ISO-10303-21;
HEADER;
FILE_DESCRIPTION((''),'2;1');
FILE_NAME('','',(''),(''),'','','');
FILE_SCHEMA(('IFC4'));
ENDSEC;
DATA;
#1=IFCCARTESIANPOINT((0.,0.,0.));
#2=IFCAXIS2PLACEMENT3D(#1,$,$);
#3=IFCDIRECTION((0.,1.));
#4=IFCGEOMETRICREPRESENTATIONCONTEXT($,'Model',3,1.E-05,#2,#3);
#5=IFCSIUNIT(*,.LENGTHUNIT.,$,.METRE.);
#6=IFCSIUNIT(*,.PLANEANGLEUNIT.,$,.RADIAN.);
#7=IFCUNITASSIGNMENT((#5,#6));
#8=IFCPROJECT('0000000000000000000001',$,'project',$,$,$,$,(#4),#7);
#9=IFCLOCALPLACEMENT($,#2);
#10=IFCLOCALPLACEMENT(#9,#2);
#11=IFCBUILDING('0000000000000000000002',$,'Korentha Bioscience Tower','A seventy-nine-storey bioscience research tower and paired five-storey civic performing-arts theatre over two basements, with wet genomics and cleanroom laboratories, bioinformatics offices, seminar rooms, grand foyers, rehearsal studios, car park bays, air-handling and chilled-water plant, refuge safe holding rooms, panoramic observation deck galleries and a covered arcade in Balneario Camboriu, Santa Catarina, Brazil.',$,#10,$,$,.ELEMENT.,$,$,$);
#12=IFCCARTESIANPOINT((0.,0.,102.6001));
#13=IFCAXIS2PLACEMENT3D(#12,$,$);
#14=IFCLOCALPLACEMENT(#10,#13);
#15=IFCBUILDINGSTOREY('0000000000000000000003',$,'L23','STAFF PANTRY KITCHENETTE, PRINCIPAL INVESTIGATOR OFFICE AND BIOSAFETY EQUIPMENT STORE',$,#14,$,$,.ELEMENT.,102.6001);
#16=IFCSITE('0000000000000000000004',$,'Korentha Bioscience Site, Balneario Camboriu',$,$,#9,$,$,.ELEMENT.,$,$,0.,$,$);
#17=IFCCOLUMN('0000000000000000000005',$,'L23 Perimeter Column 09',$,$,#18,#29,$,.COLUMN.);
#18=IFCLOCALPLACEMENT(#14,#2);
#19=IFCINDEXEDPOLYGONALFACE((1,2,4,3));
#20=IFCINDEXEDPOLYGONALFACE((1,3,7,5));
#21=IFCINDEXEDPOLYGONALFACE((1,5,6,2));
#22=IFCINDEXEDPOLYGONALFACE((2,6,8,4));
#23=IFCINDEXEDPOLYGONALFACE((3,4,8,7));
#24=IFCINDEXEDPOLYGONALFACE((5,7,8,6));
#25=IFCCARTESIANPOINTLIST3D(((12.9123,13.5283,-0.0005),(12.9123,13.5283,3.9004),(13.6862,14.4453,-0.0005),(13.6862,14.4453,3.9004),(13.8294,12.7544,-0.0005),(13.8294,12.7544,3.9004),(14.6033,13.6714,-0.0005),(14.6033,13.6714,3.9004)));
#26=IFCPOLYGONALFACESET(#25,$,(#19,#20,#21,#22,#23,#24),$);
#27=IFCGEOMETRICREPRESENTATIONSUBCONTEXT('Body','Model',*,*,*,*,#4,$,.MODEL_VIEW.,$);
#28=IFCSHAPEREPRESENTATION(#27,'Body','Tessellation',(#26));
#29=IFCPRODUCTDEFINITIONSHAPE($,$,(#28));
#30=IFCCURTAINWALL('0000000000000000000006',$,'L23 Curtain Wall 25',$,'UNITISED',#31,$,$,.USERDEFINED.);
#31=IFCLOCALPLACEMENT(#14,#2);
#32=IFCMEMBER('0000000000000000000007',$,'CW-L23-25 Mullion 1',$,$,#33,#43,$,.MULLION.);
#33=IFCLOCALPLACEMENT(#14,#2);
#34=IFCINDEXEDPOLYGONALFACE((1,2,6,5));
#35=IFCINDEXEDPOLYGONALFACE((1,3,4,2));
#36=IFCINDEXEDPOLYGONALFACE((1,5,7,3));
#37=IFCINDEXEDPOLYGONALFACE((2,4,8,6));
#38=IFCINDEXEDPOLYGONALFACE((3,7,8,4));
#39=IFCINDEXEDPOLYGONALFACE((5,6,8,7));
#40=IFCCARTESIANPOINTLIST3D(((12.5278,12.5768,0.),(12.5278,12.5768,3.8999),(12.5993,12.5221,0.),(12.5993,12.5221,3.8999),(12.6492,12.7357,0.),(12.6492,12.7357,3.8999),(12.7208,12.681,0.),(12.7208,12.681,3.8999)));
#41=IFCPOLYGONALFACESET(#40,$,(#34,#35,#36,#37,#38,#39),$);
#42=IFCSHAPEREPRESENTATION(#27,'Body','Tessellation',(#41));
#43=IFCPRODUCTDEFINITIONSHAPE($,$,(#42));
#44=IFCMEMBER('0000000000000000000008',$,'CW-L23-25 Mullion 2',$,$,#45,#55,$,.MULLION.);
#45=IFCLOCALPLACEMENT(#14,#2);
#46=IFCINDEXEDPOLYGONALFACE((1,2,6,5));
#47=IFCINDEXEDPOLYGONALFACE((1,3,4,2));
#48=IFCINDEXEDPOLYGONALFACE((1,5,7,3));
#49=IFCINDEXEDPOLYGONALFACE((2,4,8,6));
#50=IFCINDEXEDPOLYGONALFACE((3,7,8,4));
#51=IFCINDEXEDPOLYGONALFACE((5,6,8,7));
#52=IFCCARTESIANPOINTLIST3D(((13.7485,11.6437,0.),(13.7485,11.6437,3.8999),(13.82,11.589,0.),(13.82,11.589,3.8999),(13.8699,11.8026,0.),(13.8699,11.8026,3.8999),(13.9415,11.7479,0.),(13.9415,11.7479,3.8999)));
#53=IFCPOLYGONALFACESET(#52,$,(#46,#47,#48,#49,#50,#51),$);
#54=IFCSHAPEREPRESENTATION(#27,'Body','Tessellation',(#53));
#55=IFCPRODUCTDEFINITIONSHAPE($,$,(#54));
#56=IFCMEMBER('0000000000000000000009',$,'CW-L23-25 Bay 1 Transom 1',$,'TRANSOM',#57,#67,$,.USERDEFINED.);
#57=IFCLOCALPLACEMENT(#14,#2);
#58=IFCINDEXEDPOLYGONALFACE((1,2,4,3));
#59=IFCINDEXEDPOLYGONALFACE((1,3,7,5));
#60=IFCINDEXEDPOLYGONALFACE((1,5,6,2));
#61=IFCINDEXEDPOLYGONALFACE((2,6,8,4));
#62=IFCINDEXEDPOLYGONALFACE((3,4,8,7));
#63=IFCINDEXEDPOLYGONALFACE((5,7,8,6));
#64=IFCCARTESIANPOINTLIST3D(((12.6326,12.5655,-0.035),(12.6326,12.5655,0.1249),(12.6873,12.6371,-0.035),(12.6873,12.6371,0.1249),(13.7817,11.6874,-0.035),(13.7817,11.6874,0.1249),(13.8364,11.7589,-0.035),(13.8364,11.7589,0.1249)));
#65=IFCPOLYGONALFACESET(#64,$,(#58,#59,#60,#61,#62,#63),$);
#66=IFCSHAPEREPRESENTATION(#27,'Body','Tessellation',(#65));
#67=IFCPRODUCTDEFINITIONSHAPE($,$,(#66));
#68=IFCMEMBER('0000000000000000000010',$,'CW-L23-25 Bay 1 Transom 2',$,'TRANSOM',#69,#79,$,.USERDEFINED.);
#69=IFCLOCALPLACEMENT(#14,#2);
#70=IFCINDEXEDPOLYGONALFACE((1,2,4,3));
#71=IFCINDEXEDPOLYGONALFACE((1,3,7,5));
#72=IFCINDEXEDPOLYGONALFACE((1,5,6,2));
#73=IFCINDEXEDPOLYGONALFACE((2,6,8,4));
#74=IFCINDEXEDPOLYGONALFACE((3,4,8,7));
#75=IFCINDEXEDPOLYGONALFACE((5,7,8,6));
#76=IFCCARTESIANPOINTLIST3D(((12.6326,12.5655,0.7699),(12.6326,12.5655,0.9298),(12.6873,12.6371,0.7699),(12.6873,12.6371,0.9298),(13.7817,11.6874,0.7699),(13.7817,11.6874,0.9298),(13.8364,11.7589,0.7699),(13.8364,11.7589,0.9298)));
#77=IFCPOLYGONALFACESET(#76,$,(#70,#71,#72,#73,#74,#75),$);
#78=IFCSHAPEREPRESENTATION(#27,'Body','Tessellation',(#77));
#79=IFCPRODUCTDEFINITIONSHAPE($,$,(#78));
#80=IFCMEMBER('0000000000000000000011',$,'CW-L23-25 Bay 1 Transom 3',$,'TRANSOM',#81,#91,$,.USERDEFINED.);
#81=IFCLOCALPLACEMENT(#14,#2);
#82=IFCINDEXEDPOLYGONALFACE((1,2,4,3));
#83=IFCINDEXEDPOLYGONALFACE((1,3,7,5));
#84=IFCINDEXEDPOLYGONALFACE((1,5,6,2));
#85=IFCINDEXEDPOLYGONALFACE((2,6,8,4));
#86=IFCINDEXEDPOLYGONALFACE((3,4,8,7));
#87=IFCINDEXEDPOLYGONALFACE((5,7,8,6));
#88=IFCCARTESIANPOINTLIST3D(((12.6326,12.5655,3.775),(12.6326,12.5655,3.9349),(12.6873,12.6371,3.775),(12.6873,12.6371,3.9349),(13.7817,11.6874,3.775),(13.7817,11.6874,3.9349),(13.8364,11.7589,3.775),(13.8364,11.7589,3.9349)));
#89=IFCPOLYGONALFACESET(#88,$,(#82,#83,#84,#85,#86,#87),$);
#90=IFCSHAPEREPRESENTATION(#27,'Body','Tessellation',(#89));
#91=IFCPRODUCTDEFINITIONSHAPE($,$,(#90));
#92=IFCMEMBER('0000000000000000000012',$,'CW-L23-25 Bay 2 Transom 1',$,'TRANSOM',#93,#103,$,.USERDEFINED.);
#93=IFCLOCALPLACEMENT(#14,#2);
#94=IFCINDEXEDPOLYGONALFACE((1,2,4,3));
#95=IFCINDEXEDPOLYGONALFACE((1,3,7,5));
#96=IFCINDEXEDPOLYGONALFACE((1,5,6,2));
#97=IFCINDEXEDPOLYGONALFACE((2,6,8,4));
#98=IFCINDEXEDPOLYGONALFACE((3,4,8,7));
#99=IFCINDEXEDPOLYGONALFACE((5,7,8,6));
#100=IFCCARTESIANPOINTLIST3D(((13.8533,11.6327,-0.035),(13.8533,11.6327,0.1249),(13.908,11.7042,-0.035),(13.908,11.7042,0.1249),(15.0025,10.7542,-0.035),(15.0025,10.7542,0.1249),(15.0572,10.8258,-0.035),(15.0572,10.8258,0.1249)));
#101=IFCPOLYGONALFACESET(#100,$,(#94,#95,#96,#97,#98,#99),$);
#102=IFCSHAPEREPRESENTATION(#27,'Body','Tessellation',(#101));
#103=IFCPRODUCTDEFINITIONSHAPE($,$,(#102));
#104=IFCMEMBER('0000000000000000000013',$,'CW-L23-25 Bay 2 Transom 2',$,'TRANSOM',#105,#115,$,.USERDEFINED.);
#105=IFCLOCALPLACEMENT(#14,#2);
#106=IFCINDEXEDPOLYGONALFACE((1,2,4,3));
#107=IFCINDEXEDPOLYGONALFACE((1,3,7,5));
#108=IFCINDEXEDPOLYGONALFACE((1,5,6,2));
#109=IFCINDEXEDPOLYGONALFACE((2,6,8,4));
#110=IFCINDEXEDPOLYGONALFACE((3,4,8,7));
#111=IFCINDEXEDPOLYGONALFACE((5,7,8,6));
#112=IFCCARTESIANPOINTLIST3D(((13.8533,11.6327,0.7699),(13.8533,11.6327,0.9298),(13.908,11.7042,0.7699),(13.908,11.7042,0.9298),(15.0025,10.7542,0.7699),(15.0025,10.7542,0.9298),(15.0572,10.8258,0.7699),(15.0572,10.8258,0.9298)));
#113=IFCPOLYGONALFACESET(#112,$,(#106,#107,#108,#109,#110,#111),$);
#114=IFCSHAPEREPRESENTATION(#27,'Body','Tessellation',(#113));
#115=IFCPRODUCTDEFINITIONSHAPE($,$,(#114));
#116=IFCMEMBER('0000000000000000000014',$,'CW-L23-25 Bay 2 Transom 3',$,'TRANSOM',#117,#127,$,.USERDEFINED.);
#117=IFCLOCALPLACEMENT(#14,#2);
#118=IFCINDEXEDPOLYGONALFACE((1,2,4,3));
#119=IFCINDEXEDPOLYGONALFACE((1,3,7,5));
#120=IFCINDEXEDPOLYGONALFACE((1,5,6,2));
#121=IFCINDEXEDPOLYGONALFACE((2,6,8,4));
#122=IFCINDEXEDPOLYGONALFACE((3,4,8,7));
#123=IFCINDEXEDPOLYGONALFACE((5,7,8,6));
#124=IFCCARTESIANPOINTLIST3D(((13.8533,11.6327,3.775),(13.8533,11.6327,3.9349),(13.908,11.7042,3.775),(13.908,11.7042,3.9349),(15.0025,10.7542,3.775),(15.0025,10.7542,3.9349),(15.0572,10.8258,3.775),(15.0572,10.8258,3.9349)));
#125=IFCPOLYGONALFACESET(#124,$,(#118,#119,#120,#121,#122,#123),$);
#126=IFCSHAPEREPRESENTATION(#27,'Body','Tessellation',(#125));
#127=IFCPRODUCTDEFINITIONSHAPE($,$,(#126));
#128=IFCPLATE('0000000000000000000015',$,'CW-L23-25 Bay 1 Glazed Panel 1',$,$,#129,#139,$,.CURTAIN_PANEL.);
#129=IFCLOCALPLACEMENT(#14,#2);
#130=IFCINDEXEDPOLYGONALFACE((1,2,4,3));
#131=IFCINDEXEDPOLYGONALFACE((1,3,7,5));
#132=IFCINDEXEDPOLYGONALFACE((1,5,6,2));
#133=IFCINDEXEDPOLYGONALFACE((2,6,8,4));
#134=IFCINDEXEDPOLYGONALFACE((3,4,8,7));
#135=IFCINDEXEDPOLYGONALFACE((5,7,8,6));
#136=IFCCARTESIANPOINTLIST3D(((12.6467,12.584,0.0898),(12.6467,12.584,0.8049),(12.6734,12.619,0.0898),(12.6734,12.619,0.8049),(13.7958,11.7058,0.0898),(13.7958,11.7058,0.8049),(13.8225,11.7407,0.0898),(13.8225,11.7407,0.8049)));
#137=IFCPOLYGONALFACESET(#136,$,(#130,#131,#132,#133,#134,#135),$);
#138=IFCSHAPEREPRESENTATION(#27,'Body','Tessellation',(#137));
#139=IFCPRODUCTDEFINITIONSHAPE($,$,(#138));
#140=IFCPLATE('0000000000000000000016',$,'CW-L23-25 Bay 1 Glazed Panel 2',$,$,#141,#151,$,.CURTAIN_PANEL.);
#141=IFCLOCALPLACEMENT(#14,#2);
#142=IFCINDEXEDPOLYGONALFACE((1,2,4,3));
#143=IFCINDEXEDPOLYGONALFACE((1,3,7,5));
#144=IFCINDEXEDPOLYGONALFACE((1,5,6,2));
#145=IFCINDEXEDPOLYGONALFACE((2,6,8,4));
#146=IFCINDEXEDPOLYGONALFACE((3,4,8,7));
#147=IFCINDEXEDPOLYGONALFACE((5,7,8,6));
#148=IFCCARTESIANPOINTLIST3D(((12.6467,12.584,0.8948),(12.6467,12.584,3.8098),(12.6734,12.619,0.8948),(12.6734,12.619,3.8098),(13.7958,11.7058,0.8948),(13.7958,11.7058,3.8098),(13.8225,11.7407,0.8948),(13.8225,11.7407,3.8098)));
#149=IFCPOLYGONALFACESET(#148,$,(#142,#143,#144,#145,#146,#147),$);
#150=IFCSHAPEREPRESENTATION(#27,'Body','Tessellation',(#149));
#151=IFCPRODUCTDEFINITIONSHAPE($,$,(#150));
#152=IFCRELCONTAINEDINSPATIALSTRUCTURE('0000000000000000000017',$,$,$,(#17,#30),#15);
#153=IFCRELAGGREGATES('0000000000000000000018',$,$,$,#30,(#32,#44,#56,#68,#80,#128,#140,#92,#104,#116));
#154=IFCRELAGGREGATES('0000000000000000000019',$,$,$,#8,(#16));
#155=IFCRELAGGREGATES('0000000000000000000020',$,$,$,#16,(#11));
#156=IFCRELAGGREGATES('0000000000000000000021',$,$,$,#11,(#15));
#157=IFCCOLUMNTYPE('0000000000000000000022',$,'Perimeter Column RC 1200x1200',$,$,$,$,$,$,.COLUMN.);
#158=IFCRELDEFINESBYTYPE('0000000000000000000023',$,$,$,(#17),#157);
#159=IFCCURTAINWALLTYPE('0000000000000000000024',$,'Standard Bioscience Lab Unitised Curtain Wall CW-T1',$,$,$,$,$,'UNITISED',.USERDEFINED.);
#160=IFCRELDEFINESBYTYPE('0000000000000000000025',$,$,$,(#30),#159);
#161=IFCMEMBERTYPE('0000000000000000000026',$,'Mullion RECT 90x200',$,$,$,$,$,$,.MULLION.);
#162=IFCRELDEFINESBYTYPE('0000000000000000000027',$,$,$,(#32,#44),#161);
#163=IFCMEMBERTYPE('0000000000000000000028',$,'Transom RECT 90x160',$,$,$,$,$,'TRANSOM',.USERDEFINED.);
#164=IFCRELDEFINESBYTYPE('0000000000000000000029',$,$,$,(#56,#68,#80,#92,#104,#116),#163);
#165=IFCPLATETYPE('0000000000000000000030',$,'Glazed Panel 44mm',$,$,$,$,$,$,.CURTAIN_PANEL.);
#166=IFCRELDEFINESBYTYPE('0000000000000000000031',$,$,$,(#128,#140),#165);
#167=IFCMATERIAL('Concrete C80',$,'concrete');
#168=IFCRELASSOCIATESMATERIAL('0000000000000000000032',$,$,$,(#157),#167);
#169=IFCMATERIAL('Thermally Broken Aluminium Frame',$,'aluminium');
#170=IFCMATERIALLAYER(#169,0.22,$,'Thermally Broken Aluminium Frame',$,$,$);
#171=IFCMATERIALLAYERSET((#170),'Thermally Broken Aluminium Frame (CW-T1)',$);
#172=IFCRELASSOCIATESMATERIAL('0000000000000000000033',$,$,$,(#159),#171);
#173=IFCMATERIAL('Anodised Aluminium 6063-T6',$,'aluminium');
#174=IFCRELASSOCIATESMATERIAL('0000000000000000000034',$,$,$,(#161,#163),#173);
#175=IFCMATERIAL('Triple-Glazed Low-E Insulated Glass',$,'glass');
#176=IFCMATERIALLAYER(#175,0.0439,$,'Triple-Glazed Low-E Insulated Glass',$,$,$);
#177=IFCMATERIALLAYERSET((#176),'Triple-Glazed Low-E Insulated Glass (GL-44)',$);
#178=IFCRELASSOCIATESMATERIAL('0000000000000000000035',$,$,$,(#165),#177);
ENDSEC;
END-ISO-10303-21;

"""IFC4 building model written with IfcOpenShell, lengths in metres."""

from ifc_helpers import new_model, si_unit, direction, frame, origin, origin_2d, place, context, subcontext, project, spatial, rectangle, extrude, material, layer, layer_set, material_profile, profile_set, type_object, element, aggregate, save


model = new_model("IFC4")

# Units and contexts
model_context = context("Model", 3, precision=1e-05, world=origin(), true_north=direction((0.0, 1.0)))
body_context = subcontext(model_context, "Body", "Model", "MODEL_VIEW")
ifc_project = project(units=[si_unit("LENGTHUNIT", "METRE"), si_unit("PLANEANGLEUNIT", "RADIAN")], contexts=[model_context])

# Site, building, storey
site_placement = place(None, origin())
site = spatial("IfcSite", under=ifc_project, at=site_placement, Name="Korentha Bioscience Site, Balneario Camboriu", CompositionType="ELEMENT", RefElevation=0.0)
building_placement = place(site_placement, origin())
building = spatial("IfcBuilding", under=site, at=building_placement, Name="Korentha Bioscience Tower", Description="A seventy-nine-storey bioscience research tower and paired five-storey civic performing-arts theatre over two basements, with wet genomics and cleanroom laboratories, bioinformatics offices, seminar rooms, grand foyers, rehearsal studios, car park bays, air-handling and chilled-water plant, refuge safe holding rooms, panoramic observation deck galleries and a covered arcade in Balneario Camboriu, Santa Catarina, Brazil.", CompositionType="ELEMENT")
storey_placement = place(building_placement, frame((0.0, 0.0, 102.6001)))
storey = spatial("IfcBuildingStorey", under=building, at=storey_placement, Name="L23", Description="STAFF PANTRY KITCHENETTE, PRINCIPAL INVESTIGATOR OFFICE AND BIOSAFETY EQUIPMENT STORE", CompositionType="ELEMENT", Elevation=102.6001)

# Column
ifc_material_1 = material(Name="Concrete C80", Category="concrete")
ifc_material_profile_1 = material_profile(ifc_material_1, rectangle(XDim=1.2, YDim=1.2, at=origin_2d()), Name="Concrete C80")
ifc_profile_set_1 = profile_set([ifc_material_profile_1], Name="Concrete C80 (COL-P12)")
column_type = type_object("IfcColumnType", Name="Perimeter Column RC 1200x1200", PredefinedType="COLUMN", material=ifc_profile_set_1)
column_placement = place(storey_placement, frame((13.7578, 13.5999, -0.0005), z_axis=(0.0, 0.0, 1.0), x_axis=(-0.764246, 0.644924, 0.0)))
element("IfcColumn", 1, at=column_placement, inside=storey, type_object=column_type, Name="L23 Perimeter Column 09", PredefinedType="COLUMN", context=body_context, shape_type="SweptSolid", body=[
    extrude(rectangle(XDim=1.2, YDim=1.2, at=origin_2d()), origin(), (0.0, 0.0, 1.0), 3.9009),
])

# Curtain wall, members, plates
ifc_material_2 = material(Name="Thermally Broken Aluminium Frame", Category="aluminium")
ifc_layer_1 = layer(ifc_material_2, 0.22, Name="Thermally Broken Aluminium Frame")
ifc_layer_set_1 = layer_set([ifc_layer_1], Name="Thermally Broken Aluminium Frame (CW-T1)")
curtain_wall_type = type_object("IfcCurtainWallType", Name="Standard Bioscience Lab Unitised Curtain Wall CW-T1", ElementType="UNITISED", PredefinedType="USERDEFINED", material=ifc_layer_set_1)
curtain_wall_placement = place(storey_placement, origin())
curtain_wall = element("IfcCurtainWall", 2, at=curtain_wall_placement, inside=storey, type_object=curtain_wall_type, Name="L23 Curtain Wall 25", ObjectType="UNITISED", PredefinedType="USERDEFINED")
ifc_material_3 = material(Name="Anodised Aluminium 6063-T6", Category="aluminium")
ifc_material_profile_2 = material_profile(ifc_material_3, rectangle(XDim=0.0901, YDim=0.2, at=origin_2d()), Name="Anodised Aluminium 6063-T6")
ifc_profile_set_2 = profile_set([ifc_material_profile_2], Name="Anodised Aluminium 6063-T6 (CW-MUL)")
member_type_1 = type_object("IfcMemberType", Name="Mullion RECT 90x200", PredefinedType="MULLION", material=ifc_profile_set_2)
member_1_placement = place(storey_placement, frame((12.6243, 12.6289, 0.0), z_axis=(0.0, 0.0, 1.0), x_axis=(0.7945, -0.607265, 0.0)))
member_1 = element("IfcMember", 3, at=member_1_placement, type_object=member_type_1, Name="CW-L23-25 Mullion 1", PredefinedType="MULLION", context=body_context, shape_type="SweptSolid", body=[
    extrude(rectangle(XDim=0.0901, YDim=0.2, at=origin_2d()), origin(), (0.0, 0.0, 1.0), 3.8999),
])
member_2_placement = place(storey_placement, frame((13.845, 11.6958, 0.0), z_axis=(0.0, 0.0, 1.0), x_axis=(0.7945, -0.607265, 0.0)))
member_2 = element("IfcMember", 4, at=member_2_placement, type_object=member_type_1, Name="CW-L23-25 Mullion 2", PredefinedType="MULLION", context=body_context, shape_type="SweptSolid", body=[
    extrude(rectangle(XDim=0.0901, YDim=0.2, at=origin_2d()), origin(), (0.0, 0.0, 1.0), 3.8999),
])
ifc_material_profile_3 = material_profile(ifc_material_3, rectangle(XDim=0.0901, YDim=0.1599, at=origin_2d()), Name="Anodised Aluminium 6063-T6")
ifc_profile_set_3 = profile_set([ifc_material_profile_3], Name="Anodised Aluminium 6063-T6 (CW-TRN)")
member_type_2 = type_object("IfcMemberType", Name="Transom RECT 90x160", ElementType="TRANSOM", PredefinedType="USERDEFINED", material=ifc_profile_set_3)
member_3_placement = place(storey_placement, frame((12.6599, 12.6013, 0.0449), z_axis=(0.794559, -0.607187, 0.0), x_axis=(0.607187, 0.794559, 0.0)))
member_3 = element("IfcMember", 5, at=member_3_placement, type_object=member_type_2, Name="CW-L23-25 Bay 1 Transom 1", ObjectType="TRANSOM", PredefinedType="USERDEFINED", context=body_context, shape_type="SweptSolid", body=[
    extrude(rectangle(XDim=0.0901, YDim=0.1599, at=origin_2d()), origin(), (0.0, 0.0, 1.0), 1.4463),
])
member_4_placement = place(storey_placement, frame((12.6599, 12.6013, 0.8499), z_axis=(0.794559, -0.607187, 0.0), x_axis=(0.607187, 0.794559, 0.0)))
member_4 = element("IfcMember", 6, at=member_4_placement, type_object=member_type_2, Name="CW-L23-25 Bay 1 Transom 2", ObjectType="TRANSOM", PredefinedType="USERDEFINED", context=body_context, shape_type="SweptSolid", body=[
    extrude(rectangle(XDim=0.0901, YDim=0.1599, at=origin_2d()), origin(), (0.0, 0.0, 1.0), 1.4463),
])
member_5_placement = place(storey_placement, frame((12.6599, 12.6013, 3.855), z_axis=(0.794559, -0.607187, 0.0), x_axis=(0.607187, 0.794559, 0.0)))
member_5 = element("IfcMember", 7, at=member_5_placement, type_object=member_type_2, Name="CW-L23-25 Bay 1 Transom 3", ObjectType="TRANSOM", PredefinedType="USERDEFINED", context=body_context, shape_type="SweptSolid", body=[
    extrude(rectangle(XDim=0.0901, YDim=0.1599, at=origin_2d()), origin(), (0.0, 0.0, 1.0), 1.4463),
])
member_6_placement = place(storey_placement, frame((13.8806, 11.6685, 0.0449), z_axis=(0.794478, -0.607293, 0.0), x_axis=(0.607293, 0.794478, 0.0)))
member_6 = element("IfcMember", 8, at=member_6_placement, type_object=member_type_2, Name="CW-L23-25 Bay 2 Transom 1", ObjectType="TRANSOM", PredefinedType="USERDEFINED", context=body_context, shape_type="SweptSolid", body=[
    extrude(rectangle(XDim=0.0901, YDim=0.1599, at=origin_2d()), origin(), (0.0, 0.0, 1.0), 1.4465),
])
member_7_placement = place(storey_placement, frame((13.8806, 11.6685, 0.8499), z_axis=(0.794478, -0.607293, 0.0), x_axis=(0.607293, 0.794478, 0.0)))
member_7 = element("IfcMember", 9, at=member_7_placement, type_object=member_type_2, Name="CW-L23-25 Bay 2 Transom 2", ObjectType="TRANSOM", PredefinedType="USERDEFINED", context=body_context, shape_type="SweptSolid", body=[
    extrude(rectangle(XDim=0.0901, YDim=0.1599, at=origin_2d()), origin(), (0.0, 0.0, 1.0), 1.4465),
])
member_8_placement = place(storey_placement, frame((13.8806, 11.6685, 3.855), z_axis=(0.794478, -0.607293, 0.0), x_axis=(0.607293, 0.794478, 0.0)))
member_8 = element("IfcMember", 10, at=member_8_placement, type_object=member_type_2, Name="CW-L23-25 Bay 2 Transom 3", ObjectType="TRANSOM", PredefinedType="USERDEFINED", context=body_context, shape_type="SweptSolid", body=[
    extrude(rectangle(XDim=0.0901, YDim=0.1599, at=origin_2d()), origin(), (0.0, 0.0, 1.0), 1.4465),
])
ifc_material_4 = material(Name="Triple-Glazed Low-E Insulated Glass", Category="glass")
ifc_layer_2 = layer(ifc_material_4, 0.0439, Name="Triple-Glazed Low-E Insulated Glass")
ifc_layer_set_2 = layer_set([ifc_layer_2], Name="Triple-Glazed Low-E Insulated Glass (GL-44)")
plate_type = type_object("IfcPlateType", Name="Glazed Panel 44mm", PredefinedType="CURTAIN_PANEL", material=ifc_layer_set_2)
plate_1_placement = place(storey_placement, frame((13.2346, 12.1624, 0.0898), z_axis=(0.0, 0.0, 1.0), x_axis=(0.7945, -0.607265, 0.0)))
plate_1 = element("IfcPlate", 11, at=plate_1_placement, type_object=plate_type, Name="CW-L23-25 Bay 1 Glazed Panel 1", PredefinedType="CURTAIN_PANEL", context=body_context, shape_type="SweptSolid", body=[
    extrude(rectangle(XDim=1.4463, YDim=0.0439, at=origin_2d()), origin(), (0.0, 0.0, 1.0), 0.7151),
])
plate_2_placement = place(storey_placement, frame((13.2346, 12.1624, 0.8948), z_axis=(0.0, 0.0, 1.0), x_axis=(0.7945, -0.607265, 0.0)))
plate_2 = element("IfcPlate", 12, at=plate_2_placement, type_object=plate_type, Name="CW-L23-25 Bay 1 Glazed Panel 2", PredefinedType="CURTAIN_PANEL", context=body_context, shape_type="SweptSolid", body=[
    extrude(rectangle(XDim=1.4463, YDim=0.0439, at=origin_2d()), origin(), (0.0, 0.0, 1.0), 2.915),
])
aggregate(curtain_wall, [member_1, member_2, member_3, member_4, member_5, plate_1, plate_2, member_6, member_7, member_8])

save(model, "model.ifc")
